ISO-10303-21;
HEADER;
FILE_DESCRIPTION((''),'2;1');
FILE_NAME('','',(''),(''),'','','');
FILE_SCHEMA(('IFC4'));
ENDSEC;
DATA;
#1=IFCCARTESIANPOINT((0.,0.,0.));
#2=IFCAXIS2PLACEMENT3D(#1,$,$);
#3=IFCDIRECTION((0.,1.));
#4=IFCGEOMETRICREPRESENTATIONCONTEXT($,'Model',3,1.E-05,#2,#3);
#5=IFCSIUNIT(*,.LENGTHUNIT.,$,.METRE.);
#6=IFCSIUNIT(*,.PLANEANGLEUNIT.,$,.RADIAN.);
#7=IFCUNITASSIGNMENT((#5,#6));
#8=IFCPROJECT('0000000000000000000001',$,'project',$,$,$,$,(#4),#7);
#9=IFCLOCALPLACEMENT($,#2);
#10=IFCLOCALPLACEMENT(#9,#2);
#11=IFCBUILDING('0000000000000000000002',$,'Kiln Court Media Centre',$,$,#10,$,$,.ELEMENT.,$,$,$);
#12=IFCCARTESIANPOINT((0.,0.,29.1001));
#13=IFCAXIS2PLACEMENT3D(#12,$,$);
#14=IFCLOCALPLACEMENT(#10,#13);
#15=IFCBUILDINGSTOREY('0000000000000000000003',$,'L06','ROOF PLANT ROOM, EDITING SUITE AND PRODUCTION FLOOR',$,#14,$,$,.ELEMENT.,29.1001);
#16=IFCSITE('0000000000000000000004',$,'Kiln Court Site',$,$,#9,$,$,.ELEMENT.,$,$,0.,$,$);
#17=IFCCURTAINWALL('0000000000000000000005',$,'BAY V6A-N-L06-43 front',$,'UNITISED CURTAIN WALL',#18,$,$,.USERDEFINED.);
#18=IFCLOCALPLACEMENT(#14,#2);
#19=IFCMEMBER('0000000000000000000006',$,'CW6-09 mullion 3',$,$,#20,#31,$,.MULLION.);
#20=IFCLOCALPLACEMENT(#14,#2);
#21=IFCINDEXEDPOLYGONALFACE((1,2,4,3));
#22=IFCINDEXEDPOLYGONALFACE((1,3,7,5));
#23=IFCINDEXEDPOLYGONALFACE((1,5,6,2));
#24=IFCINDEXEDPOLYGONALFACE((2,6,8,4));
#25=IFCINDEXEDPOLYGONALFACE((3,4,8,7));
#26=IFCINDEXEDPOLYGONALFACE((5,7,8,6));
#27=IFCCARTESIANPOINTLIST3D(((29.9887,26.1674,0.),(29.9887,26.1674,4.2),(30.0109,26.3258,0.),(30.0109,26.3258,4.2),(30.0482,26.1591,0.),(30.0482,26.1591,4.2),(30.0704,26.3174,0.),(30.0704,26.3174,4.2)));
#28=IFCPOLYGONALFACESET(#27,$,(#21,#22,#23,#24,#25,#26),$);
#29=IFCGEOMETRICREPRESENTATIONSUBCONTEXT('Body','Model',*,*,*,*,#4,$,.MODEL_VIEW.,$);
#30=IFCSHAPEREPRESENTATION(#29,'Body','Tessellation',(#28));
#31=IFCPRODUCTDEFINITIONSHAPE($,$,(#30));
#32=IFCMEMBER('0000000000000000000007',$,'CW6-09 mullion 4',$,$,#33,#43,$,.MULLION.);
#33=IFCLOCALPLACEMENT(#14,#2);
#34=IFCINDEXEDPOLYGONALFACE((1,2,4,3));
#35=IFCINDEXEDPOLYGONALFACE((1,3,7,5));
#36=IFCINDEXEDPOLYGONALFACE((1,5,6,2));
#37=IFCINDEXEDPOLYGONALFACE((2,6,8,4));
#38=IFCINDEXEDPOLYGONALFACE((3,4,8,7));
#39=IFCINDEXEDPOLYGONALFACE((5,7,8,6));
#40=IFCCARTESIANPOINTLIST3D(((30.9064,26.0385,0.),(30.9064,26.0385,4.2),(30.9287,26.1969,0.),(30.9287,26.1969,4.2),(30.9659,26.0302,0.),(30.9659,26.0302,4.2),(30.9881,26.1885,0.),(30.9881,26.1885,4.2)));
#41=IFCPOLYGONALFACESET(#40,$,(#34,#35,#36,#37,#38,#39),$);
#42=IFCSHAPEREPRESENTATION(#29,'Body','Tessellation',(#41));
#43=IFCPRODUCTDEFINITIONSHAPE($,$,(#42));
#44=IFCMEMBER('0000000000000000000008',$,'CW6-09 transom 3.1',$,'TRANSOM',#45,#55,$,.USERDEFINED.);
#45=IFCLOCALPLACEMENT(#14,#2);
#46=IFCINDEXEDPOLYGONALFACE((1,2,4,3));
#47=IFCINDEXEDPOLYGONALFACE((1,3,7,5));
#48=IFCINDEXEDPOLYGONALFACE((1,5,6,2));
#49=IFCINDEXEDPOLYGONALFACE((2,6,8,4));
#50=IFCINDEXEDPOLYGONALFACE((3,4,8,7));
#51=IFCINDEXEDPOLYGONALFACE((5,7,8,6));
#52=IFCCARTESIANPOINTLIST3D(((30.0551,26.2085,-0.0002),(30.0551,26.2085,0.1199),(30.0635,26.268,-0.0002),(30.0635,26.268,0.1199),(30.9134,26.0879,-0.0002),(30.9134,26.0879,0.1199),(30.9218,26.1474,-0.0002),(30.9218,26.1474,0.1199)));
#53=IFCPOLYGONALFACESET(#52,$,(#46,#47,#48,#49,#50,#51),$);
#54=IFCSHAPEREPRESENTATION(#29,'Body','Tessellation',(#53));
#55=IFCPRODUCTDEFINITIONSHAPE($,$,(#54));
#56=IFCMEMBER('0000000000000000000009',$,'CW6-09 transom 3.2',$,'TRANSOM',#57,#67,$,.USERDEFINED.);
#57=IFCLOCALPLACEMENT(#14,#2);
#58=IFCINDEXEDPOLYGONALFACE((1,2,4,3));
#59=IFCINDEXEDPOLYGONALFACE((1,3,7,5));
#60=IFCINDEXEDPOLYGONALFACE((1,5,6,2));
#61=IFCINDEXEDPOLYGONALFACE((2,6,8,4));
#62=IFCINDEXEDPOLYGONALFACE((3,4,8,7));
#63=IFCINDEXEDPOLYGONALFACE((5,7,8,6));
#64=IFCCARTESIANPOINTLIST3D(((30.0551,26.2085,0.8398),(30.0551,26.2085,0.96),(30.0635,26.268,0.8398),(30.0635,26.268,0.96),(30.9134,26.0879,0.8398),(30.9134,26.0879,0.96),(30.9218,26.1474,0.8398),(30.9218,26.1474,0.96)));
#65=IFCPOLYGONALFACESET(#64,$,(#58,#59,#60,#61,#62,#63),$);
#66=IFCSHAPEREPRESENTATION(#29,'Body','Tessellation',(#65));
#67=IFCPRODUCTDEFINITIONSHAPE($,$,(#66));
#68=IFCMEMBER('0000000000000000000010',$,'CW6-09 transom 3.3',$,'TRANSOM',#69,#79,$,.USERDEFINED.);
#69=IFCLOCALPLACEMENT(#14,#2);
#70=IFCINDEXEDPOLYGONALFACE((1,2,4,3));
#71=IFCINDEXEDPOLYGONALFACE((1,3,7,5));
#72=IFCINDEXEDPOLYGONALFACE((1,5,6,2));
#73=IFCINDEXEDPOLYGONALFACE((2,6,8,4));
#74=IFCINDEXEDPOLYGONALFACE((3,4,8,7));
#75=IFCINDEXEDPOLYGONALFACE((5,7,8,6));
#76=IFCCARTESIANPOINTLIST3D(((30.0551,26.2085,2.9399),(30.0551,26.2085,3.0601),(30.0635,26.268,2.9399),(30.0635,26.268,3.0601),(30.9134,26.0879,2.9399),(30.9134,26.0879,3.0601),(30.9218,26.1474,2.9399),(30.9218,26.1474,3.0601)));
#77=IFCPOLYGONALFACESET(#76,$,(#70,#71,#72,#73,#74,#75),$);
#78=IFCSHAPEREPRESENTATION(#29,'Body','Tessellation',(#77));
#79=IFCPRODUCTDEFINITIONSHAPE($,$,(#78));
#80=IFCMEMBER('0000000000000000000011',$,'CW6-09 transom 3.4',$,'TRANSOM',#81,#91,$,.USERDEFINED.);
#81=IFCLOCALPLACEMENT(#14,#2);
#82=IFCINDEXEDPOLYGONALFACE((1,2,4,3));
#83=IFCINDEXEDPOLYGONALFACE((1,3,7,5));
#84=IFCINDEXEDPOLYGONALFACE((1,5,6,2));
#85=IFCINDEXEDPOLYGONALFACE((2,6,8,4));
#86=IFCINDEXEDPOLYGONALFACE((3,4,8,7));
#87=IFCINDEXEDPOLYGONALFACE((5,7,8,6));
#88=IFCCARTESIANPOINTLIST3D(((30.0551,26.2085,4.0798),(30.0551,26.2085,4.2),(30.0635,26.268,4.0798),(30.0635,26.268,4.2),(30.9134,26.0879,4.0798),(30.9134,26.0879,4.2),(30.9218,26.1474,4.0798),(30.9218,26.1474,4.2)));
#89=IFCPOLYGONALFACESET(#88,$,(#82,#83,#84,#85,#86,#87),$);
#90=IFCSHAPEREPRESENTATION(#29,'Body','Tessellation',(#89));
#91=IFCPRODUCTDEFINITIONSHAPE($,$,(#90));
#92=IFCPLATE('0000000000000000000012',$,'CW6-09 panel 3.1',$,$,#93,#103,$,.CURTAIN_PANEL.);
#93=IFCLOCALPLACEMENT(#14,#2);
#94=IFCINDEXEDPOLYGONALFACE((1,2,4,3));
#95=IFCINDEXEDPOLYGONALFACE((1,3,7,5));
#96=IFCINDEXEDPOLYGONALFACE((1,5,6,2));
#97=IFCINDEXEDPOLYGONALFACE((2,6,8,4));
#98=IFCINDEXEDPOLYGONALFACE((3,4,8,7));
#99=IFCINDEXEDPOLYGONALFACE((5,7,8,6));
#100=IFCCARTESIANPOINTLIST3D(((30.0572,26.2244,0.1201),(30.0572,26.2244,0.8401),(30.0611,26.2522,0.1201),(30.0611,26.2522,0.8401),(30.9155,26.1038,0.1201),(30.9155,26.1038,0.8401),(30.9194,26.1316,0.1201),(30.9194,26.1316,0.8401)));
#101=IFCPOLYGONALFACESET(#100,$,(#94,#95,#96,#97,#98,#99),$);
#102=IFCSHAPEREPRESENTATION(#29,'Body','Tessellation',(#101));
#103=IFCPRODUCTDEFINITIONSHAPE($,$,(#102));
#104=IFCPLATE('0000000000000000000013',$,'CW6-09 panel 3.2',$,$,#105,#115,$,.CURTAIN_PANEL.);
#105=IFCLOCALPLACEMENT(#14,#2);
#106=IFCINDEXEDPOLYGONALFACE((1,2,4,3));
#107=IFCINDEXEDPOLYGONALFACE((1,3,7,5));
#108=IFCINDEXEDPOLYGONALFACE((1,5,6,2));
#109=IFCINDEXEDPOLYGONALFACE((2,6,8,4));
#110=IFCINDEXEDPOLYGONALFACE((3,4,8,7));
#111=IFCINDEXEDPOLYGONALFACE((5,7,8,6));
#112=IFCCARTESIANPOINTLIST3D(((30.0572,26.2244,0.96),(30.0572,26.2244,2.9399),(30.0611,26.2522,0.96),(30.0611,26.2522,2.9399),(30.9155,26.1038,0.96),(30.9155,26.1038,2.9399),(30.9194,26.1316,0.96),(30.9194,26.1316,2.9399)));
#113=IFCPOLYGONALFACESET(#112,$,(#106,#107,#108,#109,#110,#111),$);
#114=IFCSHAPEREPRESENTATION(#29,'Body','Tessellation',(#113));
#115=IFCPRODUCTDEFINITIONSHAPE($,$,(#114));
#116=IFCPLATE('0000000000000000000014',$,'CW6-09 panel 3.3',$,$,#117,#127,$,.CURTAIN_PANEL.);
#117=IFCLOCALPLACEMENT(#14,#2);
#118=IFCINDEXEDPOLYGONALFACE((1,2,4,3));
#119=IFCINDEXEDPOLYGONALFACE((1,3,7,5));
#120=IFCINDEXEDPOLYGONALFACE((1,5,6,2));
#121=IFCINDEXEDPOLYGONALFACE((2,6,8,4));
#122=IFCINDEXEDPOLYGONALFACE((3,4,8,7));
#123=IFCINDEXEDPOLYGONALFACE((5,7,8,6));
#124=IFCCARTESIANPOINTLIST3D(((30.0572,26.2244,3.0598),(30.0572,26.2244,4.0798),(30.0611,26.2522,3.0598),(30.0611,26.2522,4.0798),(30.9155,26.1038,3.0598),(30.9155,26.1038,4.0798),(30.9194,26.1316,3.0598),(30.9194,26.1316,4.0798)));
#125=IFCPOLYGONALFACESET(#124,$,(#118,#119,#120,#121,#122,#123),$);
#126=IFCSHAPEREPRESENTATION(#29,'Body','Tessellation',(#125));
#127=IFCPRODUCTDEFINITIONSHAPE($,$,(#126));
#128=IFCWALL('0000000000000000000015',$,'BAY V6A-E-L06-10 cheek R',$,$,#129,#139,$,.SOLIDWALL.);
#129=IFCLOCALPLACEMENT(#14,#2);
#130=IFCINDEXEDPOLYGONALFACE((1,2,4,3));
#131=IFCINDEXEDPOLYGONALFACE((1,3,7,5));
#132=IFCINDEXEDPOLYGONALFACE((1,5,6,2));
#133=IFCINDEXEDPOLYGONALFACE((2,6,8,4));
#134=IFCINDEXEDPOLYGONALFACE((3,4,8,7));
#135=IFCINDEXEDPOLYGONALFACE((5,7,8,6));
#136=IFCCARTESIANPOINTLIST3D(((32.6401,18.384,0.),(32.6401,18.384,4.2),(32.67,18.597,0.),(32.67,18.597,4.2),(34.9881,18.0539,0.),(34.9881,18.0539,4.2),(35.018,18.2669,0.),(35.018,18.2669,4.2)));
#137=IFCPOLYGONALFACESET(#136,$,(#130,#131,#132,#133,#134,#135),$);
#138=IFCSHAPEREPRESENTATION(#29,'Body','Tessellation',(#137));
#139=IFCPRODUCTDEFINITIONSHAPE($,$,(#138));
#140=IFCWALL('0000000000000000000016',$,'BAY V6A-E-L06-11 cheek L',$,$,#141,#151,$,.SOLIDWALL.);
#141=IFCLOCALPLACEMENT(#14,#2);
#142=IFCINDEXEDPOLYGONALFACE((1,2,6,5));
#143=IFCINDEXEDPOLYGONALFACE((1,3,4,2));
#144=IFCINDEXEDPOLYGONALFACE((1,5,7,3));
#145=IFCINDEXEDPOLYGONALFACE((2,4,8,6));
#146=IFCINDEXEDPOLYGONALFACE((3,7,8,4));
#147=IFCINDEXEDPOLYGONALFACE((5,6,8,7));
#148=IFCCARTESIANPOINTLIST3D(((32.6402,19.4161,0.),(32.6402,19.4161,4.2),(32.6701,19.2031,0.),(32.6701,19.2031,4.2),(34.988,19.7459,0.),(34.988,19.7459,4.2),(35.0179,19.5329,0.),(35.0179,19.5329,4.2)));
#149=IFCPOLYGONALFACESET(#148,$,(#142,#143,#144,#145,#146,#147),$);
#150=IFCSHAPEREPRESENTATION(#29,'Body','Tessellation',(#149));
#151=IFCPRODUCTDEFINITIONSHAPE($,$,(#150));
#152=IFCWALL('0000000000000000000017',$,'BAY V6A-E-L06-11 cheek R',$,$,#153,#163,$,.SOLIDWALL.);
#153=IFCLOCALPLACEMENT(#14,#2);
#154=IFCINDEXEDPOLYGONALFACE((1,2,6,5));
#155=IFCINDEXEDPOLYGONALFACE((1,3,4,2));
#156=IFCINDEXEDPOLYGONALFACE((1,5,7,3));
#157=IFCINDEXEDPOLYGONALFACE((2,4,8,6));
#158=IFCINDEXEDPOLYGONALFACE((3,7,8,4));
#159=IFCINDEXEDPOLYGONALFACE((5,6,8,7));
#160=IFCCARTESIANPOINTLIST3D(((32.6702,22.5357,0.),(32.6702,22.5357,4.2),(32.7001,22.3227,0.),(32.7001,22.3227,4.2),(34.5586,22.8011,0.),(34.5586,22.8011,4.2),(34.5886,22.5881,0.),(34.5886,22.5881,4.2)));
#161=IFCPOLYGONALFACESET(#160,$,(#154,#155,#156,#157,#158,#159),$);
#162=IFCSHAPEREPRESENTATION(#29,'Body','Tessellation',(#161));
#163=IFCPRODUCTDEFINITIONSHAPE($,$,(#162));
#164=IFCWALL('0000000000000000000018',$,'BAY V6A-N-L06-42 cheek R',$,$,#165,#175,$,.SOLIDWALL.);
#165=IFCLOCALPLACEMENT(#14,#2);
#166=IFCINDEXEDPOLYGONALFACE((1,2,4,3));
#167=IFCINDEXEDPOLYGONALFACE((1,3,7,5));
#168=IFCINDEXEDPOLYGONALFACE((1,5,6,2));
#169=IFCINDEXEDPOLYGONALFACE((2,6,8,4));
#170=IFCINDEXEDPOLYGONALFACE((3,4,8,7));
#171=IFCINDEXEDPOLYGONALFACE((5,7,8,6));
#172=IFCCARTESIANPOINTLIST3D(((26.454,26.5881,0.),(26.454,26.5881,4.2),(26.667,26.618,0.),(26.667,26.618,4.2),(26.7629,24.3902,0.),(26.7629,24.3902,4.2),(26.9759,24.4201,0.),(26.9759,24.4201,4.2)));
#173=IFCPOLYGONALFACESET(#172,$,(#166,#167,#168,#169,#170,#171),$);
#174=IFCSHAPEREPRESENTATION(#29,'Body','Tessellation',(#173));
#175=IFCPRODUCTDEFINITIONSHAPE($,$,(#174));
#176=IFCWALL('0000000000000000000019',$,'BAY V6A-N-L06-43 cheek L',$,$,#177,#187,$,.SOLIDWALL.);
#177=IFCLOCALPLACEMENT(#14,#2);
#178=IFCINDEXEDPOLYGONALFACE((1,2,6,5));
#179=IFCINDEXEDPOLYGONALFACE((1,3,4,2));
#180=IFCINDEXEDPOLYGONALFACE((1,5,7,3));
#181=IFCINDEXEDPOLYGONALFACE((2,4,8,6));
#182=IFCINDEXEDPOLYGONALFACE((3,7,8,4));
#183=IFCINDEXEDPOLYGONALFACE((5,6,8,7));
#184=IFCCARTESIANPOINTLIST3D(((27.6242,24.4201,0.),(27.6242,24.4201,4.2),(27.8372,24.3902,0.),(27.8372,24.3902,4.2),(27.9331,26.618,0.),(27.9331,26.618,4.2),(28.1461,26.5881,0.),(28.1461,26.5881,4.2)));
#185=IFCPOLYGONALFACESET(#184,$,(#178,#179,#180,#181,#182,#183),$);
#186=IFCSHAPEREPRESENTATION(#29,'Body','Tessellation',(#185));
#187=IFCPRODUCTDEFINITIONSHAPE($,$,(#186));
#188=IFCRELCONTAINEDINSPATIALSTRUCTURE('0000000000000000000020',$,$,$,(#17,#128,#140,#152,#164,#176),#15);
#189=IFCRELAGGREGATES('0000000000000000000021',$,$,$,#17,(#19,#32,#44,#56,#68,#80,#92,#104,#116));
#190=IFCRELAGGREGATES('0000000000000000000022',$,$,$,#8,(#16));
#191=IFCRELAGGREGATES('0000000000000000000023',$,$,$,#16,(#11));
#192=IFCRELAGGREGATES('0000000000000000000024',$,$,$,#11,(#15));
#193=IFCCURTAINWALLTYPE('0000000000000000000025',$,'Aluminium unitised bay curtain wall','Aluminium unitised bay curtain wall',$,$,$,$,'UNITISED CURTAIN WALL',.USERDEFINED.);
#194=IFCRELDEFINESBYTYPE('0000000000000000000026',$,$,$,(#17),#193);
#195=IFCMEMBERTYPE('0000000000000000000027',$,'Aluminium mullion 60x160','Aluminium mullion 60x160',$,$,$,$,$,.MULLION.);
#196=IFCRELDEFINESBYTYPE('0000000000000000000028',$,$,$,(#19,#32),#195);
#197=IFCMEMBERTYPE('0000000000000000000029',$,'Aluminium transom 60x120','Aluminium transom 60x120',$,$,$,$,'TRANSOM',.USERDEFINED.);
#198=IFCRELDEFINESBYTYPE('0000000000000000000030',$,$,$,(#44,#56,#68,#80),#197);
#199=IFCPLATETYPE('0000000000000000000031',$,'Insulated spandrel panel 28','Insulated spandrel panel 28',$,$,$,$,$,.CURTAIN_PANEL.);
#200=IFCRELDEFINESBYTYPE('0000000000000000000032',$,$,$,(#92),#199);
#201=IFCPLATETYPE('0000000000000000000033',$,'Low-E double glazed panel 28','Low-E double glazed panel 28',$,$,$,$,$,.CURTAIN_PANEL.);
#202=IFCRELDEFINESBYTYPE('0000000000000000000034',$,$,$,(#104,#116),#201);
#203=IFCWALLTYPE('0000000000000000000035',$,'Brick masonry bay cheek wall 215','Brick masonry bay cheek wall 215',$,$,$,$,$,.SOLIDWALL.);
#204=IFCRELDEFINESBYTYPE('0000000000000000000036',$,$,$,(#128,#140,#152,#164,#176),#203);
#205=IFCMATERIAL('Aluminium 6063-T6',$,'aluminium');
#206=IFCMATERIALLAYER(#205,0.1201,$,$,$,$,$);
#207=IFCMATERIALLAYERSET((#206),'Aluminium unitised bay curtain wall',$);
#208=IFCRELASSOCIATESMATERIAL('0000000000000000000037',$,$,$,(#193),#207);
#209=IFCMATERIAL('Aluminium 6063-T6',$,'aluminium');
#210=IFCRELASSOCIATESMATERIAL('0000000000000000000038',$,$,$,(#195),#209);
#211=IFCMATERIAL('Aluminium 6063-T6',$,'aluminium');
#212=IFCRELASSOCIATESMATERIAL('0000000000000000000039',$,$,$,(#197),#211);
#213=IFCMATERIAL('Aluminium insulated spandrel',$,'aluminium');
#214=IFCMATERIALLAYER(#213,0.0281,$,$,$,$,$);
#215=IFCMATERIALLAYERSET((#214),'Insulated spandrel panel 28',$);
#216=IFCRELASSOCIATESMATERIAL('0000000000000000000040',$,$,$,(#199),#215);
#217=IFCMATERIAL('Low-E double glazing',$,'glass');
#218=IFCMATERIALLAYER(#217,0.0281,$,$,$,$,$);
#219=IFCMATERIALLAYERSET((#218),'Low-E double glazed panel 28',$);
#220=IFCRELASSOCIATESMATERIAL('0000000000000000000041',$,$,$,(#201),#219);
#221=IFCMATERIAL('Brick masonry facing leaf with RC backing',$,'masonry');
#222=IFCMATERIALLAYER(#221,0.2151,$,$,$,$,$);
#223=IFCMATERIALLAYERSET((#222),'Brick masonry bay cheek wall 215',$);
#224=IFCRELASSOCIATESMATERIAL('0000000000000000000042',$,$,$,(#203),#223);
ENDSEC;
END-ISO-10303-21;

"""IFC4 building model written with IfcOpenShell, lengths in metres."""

from ifc_helpers import new_model, si_unit, direction, frame, frame_2d, origin, origin_2d, place, context, subcontext, project, spatial, rectangle, extrude, material, layer, layer_set, material_profile, profile_set, type_object, element, aggregate, save


model = new_model("IFC4")

# Units and contexts
model_context = context("Model", 3, precision=1e-05, world=origin(), true_north=direction((0.0, 1.0)))
body_context = subcontext(model_context, "Body", "Model", "MODEL_VIEW")
ifc_project = project(units=[si_unit("LENGTHUNIT", "METRE"), si_unit("PLANEANGLEUNIT", "RADIAN")], contexts=[model_context])

# Site, building, storey
site_placement = place(None, origin())
site = spatial("IfcSite", under=ifc_project, at=site_placement, Name="Kiln Court Site", CompositionType="ELEMENT", RefElevation=0.0)
building_placement = place(site_placement, origin())
building = spatial("IfcBuilding", under=site, at=building_placement, Name="Kiln Court Media Centre", CompositionType="ELEMENT")
storey_placement = place(building_placement, frame((0.0, 0.0, 29.1001)))
storey = spatial("IfcBuildingStorey", under=building, at=storey_placement, Name="L06", Description="ROOF PLANT ROOM, EDITING SUITE AND PRODUCTION FLOOR", CompositionType="ELEMENT", Elevation=29.1001)

# Curtain wall, members, plates
ifc_material_1 = material(Name="Aluminium 6063-T6", Category="aluminium")
ifc_layer_1 = layer(ifc_material_1, 0.1201)
ifc_layer_set_1 = layer_set([ifc_layer_1], Name="Aluminium unitised bay curtain wall")
curtain_wall_type = type_object("IfcCurtainWallType", Name="Aluminium unitised bay curtain wall", Description="Aluminium unitised bay curtain wall", ElementType="UNITISED CURTAIN WALL", PredefinedType="USERDEFINED", material=ifc_layer_set_1)
curtain_wall_placement = place(storey_placement, origin())
curtain_wall = element("IfcCurtainWall", 1, at=curtain_wall_placement, inside=storey, type_object=curtain_wall_type, Name="BAY V6A-N-L06-43 front", ObjectType="UNITISED CURTAIN WALL", PredefinedType="USERDEFINED")
ifc_material_2 = material(Name="Aluminium 6063-T6", Category="aluminium")
ifc_material_profile_1 = material_profile(ifc_material_2, rectangle(XDim=0.0601, YDim=0.1599, at=origin_2d()), Name="Aluminium mullion 60x160")
ifc_profile_set_1 = profile_set([ifc_material_profile_1], Name="Aluminium 6063-T6")
member_type_1 = type_object("IfcMemberType", Name="Aluminium mullion 60x160", Description="Aluminium mullion 60x160", PredefinedType="MULLION", material=ifc_profile_set_1)
member_1_placement = place(storey_placement, frame((30.0295, 26.2424, 0.0), z_axis=(0.0, 0.0, 1.0), x_axis=(0.99027, -0.139162, 0.0)))
member_1 = element("IfcMember", 2, at=member_1_placement, type_object=member_type_1, Name="CW6-09 mullion 3", PredefinedType="MULLION", context=body_context, shape_type="SweptSolid", body=[
    extrude(rectangle(XDim=0.0601, YDim=0.1599, at=origin_2d()), origin(), (0.0, 0.0, 1.0), 4.2),
])
member_2_placement = place(storey_placement, frame((30.9473, 26.1135, 0.0), z_axis=(0.0, 0.0, 1.0), x_axis=(0.99027, -0.139162, 0.0)))
member_2 = element("IfcMember", 3, at=member_2_placement, type_object=member_type_1, Name="CW6-09 mullion 4", PredefinedType="MULLION", context=body_context, shape_type="SweptSolid", body=[
    extrude(rectangle(XDim=0.0601, YDim=0.1599, at=origin_2d()), origin(), (0.0, 0.0, 1.0), 4.2),
])
ifc_material_3 = material(Name="Aluminium 6063-T6", Category="aluminium")
ifc_material_profile_2 = material_profile(ifc_material_3, rectangle(XDim=0.0601, YDim=0.1201, at=origin_2d()), Name="Aluminium transom 60x120")
ifc_profile_set_2 = profile_set([ifc_material_profile_2], Name="Aluminium 6063-T6")
member_type_2 = type_object("IfcMemberType", Name="Aluminium transom 60x120", Description="Aluminium transom 60x120", ElementType="TRANSOM", PredefinedType="USERDEFINED", material=ifc_profile_set_2)
member_3_placement = place(storey_placement, frame((30.0593, 26.2383, 0.0598), z_axis=(0.990268, -0.139173, 0.0), x_axis=(0.139173, 0.990268, 0.0)))
member_3 = element("IfcMember", 4, at=member_3_placement, type_object=member_type_2, Name="CW6-09 transom 3.1", ObjectType="TRANSOM", PredefinedType="USERDEFINED", context=body_context, shape_type="SweptSolid", body=[
    extrude(rectangle(XDim=0.0601, YDim=0.1201, at=origin_2d()), origin(), (0.0, 0.0, 1.0), 0.8667),
])
member_4_placement = place(storey_placement, frame((30.0593, 26.2383, 0.8999), z_axis=(0.990268, -0.139173, 0.0), x_axis=(0.139173, 0.990268, 0.0)))
member_4 = element("IfcMember", 5, at=member_4_placement, type_object=member_type_2, Name="CW6-09 transom 3.2", ObjectType="TRANSOM", PredefinedType="USERDEFINED", context=body_context, shape_type="SweptSolid", body=[
    extrude(rectangle(XDim=0.0601, YDim=0.1201, at=origin_2d()), origin(), (0.0, 0.0, 1.0), 0.8667),
])
member_5_placement = place(storey_placement, frame((30.0593, 26.2383, 3.0), z_axis=(0.990268, -0.139173, 0.0), x_axis=(0.139173, 0.990268, 0.0)))
member_5 = element("IfcMember", 6, at=member_5_placement, type_object=member_type_2, Name="CW6-09 transom 3.3", ObjectType="TRANSOM", PredefinedType="USERDEFINED", context=body_context, shape_type="SweptSolid", body=[
    extrude(rectangle(XDim=0.0601, YDim=0.1201, at=origin_2d()), origin(), (0.0, 0.0, 1.0), 0.8667),
])
member_6_placement = place(storey_placement, frame((30.0593, 26.2383, 4.1399), z_axis=(0.990268, -0.139173, 0.0), x_axis=(0.139173, 0.990268, 0.0)))
member_6 = element("IfcMember", 7, at=member_6_placement, type_object=member_type_2, Name="CW6-09 transom 3.4", ObjectType="TRANSOM", PredefinedType="USERDEFINED", context=body_context, shape_type="SweptSolid", body=[
    extrude(rectangle(XDim=0.0601, YDim=0.1201, at=origin_2d()), origin(), (0.0, 0.0, 1.0), 0.8667),
])
ifc_material_4 = material(Name="Aluminium insulated spandrel", Category="aluminium")
ifc_layer_2 = layer(ifc_material_4, 0.0281)
ifc_layer_set_2 = layer_set([ifc_layer_2], Name="Insulated spandrel panel 28")
plate_type_1 = type_object("IfcPlateType", Name="Insulated spandrel panel 28", Description="Insulated spandrel panel 28", PredefinedType="CURTAIN_PANEL", material=ifc_layer_set_2)
plate_1_placement = place(storey_placement, frame((30.4883, 26.178, 0.1201), z_axis=(0.0, 0.0, 1.0), x_axis=(0.99027, -0.139162, 0.0)))
plate_1 = element("IfcPlate", 8, at=plate_1_placement, type_object=plate_type_1, Name="CW6-09 panel 3.1", PredefinedType="CURTAIN_PANEL", context=body_context, shape_type="SweptSolid", body=[
    extrude(rectangle(XDim=0.8667, YDim=0.0281, at=origin_2d()), origin(), (0.0, 0.0, 1.0), 0.72),
])
ifc_material_5 = material(Name="Low-E double glazing", Category="glass")
ifc_layer_3 = layer(ifc_material_5, 0.0281)
ifc_layer_set_3 = layer_set([ifc_layer_3], Name="Low-E double glazed panel 28")
plate_type_2 = type_object("IfcPlateType", Name="Low-E double glazed panel 28", Description="Low-E double glazed panel 28", PredefinedType="CURTAIN_PANEL", material=ifc_layer_set_3)
plate_2_placement = place(storey_placement, frame((30.4883, 26.178, 0.96), z_axis=(0.0, 0.0, 1.0), x_axis=(0.99027, -0.139162, 0.0)))
plate_2 = element("IfcPlate", 9, at=plate_2_placement, type_object=plate_type_2, Name="CW6-09 panel 3.2", PredefinedType="CURTAIN_PANEL", context=body_context, shape_type="SweptSolid", body=[
    extrude(rectangle(XDim=0.8667, YDim=0.0281, at=origin_2d()), origin(), (0.0, 0.0, 1.0), 1.98),
])
plate_3_placement = place(storey_placement, frame((30.4883, 26.178, 3.0598), z_axis=(0.0, 0.0, 1.0), x_axis=(0.99027, -0.139162, 0.0)))
plate_3 = element("IfcPlate", 10, at=plate_3_placement, type_object=plate_type_2, Name="CW6-09 panel 3.3", PredefinedType="CURTAIN_PANEL", context=body_context, shape_type="SweptSolid", body=[
    extrude(rectangle(XDim=0.8667, YDim=0.0281, at=origin_2d()), origin(), (0.0, 0.0, 1.0), 1.02),
])
aggregate(curtain_wall, [member_1, member_2, member_3, member_4, member_5, member_6, plate_1, plate_2, plate_3])

# Walls
ifc_material_6 = material(Name="Brick masonry facing leaf with RC backing", Category="masonry")
ifc_layer_4 = layer(ifc_material_6, 0.2151)
ifc_layer_set_4 = layer_set([ifc_layer_4], Name="Brick masonry bay cheek wall 215")
wall_type_1 = type_object("IfcWallType", Name="Brick masonry bay cheek wall 215", Description="Brick masonry bay cheek wall 215", PredefinedType="SOLIDWALL", material=ifc_layer_set_4)
wall_1_placement = place(storey_placement, frame((32.655, 18.4905, 0.0), z_axis=(0.0, 0.0, 1.0), x_axis=(0.990262, -0.139215, 0.0)))
element("IfcWall", 11, at=wall_1_placement, inside=storey, type_object=wall_type_1, Name="BAY V6A-E-L06-10 cheek R", PredefinedType="SOLIDWALL", context=body_context, shape_type="SweptSolid", body=[
    extrude(rectangle(XDim=2.3711, YDim=0.2151, at=frame_2d((1.1855, 0.0))), origin(), (0.0, 0.0, 1.0), 4.2),
])
wall_2_placement = place(storey_placement, frame((32.655, 19.3096, 0.0), z_axis=(0.0, 0.0, 1.0), x_axis=(0.990276, 0.139114, 0.0)))
element("IfcWall", 12, at=wall_2_placement, inside=storey, type_object=wall_type_1, Name="BAY V6A-E-L06-11 cheek L", PredefinedType="SOLIDWALL", context=body_context, shape_type="SweptSolid", body=[
    extrude(rectangle(XDim=2.3708, YDim=0.2151, at=frame_2d((1.1855, 0.0))), origin(), (0.0, 0.0, 1.0), 4.2),
])
wall_3_placement = place(storey_placement, frame((32.6851, 22.4292, 0.0), z_axis=(0.0, 0.0, 1.0), x_axis=(0.99027, 0.139163, 0.0)))
element("IfcWall", 13, at=wall_3_placement, inside=storey, type_object=wall_type_1, Name="BAY V6A-E-L06-11 cheek R", PredefinedType="SOLIDWALL", context=body_context, shape_type="SweptSolid", body=[
    extrude(rectangle(XDim=1.907, YDim=0.2151, at=frame_2d((0.9536, 0.0))), origin(), (0.0, 0.0, 1.0), 4.2),
])
for number, where, z_axis, x_axis, name in (
    (14, (26.8694, 24.405, 0.0), (0.0, 0.0, 1.0), (-0.139142, 0.990272, 0.0), "BAY V6A-N-L06-42 cheek R"),
    (15, (27.7307, 24.405, 0.0), (0.0, 0.0, 1.0), (0.139142, 0.990272, 0.0), "BAY V6A-N-L06-43 cheek L"),
):
    element("IfcWall", number, at=place(storey_placement, frame(where, z_axis=z_axis, x_axis=x_axis)), inside=storey, type_object=wall_type_1, Name=name, PredefinedType="SOLIDWALL", context=body_context, shape_type="SweptSolid", body=[
        extrude(rectangle(XDim=2.2195, YDim=0.2151, at=frame_2d((1.1099, 0.0))), origin(), (0.0, 0.0, 1.0), 4.2),
    ])

save(model, "model.ifc")
